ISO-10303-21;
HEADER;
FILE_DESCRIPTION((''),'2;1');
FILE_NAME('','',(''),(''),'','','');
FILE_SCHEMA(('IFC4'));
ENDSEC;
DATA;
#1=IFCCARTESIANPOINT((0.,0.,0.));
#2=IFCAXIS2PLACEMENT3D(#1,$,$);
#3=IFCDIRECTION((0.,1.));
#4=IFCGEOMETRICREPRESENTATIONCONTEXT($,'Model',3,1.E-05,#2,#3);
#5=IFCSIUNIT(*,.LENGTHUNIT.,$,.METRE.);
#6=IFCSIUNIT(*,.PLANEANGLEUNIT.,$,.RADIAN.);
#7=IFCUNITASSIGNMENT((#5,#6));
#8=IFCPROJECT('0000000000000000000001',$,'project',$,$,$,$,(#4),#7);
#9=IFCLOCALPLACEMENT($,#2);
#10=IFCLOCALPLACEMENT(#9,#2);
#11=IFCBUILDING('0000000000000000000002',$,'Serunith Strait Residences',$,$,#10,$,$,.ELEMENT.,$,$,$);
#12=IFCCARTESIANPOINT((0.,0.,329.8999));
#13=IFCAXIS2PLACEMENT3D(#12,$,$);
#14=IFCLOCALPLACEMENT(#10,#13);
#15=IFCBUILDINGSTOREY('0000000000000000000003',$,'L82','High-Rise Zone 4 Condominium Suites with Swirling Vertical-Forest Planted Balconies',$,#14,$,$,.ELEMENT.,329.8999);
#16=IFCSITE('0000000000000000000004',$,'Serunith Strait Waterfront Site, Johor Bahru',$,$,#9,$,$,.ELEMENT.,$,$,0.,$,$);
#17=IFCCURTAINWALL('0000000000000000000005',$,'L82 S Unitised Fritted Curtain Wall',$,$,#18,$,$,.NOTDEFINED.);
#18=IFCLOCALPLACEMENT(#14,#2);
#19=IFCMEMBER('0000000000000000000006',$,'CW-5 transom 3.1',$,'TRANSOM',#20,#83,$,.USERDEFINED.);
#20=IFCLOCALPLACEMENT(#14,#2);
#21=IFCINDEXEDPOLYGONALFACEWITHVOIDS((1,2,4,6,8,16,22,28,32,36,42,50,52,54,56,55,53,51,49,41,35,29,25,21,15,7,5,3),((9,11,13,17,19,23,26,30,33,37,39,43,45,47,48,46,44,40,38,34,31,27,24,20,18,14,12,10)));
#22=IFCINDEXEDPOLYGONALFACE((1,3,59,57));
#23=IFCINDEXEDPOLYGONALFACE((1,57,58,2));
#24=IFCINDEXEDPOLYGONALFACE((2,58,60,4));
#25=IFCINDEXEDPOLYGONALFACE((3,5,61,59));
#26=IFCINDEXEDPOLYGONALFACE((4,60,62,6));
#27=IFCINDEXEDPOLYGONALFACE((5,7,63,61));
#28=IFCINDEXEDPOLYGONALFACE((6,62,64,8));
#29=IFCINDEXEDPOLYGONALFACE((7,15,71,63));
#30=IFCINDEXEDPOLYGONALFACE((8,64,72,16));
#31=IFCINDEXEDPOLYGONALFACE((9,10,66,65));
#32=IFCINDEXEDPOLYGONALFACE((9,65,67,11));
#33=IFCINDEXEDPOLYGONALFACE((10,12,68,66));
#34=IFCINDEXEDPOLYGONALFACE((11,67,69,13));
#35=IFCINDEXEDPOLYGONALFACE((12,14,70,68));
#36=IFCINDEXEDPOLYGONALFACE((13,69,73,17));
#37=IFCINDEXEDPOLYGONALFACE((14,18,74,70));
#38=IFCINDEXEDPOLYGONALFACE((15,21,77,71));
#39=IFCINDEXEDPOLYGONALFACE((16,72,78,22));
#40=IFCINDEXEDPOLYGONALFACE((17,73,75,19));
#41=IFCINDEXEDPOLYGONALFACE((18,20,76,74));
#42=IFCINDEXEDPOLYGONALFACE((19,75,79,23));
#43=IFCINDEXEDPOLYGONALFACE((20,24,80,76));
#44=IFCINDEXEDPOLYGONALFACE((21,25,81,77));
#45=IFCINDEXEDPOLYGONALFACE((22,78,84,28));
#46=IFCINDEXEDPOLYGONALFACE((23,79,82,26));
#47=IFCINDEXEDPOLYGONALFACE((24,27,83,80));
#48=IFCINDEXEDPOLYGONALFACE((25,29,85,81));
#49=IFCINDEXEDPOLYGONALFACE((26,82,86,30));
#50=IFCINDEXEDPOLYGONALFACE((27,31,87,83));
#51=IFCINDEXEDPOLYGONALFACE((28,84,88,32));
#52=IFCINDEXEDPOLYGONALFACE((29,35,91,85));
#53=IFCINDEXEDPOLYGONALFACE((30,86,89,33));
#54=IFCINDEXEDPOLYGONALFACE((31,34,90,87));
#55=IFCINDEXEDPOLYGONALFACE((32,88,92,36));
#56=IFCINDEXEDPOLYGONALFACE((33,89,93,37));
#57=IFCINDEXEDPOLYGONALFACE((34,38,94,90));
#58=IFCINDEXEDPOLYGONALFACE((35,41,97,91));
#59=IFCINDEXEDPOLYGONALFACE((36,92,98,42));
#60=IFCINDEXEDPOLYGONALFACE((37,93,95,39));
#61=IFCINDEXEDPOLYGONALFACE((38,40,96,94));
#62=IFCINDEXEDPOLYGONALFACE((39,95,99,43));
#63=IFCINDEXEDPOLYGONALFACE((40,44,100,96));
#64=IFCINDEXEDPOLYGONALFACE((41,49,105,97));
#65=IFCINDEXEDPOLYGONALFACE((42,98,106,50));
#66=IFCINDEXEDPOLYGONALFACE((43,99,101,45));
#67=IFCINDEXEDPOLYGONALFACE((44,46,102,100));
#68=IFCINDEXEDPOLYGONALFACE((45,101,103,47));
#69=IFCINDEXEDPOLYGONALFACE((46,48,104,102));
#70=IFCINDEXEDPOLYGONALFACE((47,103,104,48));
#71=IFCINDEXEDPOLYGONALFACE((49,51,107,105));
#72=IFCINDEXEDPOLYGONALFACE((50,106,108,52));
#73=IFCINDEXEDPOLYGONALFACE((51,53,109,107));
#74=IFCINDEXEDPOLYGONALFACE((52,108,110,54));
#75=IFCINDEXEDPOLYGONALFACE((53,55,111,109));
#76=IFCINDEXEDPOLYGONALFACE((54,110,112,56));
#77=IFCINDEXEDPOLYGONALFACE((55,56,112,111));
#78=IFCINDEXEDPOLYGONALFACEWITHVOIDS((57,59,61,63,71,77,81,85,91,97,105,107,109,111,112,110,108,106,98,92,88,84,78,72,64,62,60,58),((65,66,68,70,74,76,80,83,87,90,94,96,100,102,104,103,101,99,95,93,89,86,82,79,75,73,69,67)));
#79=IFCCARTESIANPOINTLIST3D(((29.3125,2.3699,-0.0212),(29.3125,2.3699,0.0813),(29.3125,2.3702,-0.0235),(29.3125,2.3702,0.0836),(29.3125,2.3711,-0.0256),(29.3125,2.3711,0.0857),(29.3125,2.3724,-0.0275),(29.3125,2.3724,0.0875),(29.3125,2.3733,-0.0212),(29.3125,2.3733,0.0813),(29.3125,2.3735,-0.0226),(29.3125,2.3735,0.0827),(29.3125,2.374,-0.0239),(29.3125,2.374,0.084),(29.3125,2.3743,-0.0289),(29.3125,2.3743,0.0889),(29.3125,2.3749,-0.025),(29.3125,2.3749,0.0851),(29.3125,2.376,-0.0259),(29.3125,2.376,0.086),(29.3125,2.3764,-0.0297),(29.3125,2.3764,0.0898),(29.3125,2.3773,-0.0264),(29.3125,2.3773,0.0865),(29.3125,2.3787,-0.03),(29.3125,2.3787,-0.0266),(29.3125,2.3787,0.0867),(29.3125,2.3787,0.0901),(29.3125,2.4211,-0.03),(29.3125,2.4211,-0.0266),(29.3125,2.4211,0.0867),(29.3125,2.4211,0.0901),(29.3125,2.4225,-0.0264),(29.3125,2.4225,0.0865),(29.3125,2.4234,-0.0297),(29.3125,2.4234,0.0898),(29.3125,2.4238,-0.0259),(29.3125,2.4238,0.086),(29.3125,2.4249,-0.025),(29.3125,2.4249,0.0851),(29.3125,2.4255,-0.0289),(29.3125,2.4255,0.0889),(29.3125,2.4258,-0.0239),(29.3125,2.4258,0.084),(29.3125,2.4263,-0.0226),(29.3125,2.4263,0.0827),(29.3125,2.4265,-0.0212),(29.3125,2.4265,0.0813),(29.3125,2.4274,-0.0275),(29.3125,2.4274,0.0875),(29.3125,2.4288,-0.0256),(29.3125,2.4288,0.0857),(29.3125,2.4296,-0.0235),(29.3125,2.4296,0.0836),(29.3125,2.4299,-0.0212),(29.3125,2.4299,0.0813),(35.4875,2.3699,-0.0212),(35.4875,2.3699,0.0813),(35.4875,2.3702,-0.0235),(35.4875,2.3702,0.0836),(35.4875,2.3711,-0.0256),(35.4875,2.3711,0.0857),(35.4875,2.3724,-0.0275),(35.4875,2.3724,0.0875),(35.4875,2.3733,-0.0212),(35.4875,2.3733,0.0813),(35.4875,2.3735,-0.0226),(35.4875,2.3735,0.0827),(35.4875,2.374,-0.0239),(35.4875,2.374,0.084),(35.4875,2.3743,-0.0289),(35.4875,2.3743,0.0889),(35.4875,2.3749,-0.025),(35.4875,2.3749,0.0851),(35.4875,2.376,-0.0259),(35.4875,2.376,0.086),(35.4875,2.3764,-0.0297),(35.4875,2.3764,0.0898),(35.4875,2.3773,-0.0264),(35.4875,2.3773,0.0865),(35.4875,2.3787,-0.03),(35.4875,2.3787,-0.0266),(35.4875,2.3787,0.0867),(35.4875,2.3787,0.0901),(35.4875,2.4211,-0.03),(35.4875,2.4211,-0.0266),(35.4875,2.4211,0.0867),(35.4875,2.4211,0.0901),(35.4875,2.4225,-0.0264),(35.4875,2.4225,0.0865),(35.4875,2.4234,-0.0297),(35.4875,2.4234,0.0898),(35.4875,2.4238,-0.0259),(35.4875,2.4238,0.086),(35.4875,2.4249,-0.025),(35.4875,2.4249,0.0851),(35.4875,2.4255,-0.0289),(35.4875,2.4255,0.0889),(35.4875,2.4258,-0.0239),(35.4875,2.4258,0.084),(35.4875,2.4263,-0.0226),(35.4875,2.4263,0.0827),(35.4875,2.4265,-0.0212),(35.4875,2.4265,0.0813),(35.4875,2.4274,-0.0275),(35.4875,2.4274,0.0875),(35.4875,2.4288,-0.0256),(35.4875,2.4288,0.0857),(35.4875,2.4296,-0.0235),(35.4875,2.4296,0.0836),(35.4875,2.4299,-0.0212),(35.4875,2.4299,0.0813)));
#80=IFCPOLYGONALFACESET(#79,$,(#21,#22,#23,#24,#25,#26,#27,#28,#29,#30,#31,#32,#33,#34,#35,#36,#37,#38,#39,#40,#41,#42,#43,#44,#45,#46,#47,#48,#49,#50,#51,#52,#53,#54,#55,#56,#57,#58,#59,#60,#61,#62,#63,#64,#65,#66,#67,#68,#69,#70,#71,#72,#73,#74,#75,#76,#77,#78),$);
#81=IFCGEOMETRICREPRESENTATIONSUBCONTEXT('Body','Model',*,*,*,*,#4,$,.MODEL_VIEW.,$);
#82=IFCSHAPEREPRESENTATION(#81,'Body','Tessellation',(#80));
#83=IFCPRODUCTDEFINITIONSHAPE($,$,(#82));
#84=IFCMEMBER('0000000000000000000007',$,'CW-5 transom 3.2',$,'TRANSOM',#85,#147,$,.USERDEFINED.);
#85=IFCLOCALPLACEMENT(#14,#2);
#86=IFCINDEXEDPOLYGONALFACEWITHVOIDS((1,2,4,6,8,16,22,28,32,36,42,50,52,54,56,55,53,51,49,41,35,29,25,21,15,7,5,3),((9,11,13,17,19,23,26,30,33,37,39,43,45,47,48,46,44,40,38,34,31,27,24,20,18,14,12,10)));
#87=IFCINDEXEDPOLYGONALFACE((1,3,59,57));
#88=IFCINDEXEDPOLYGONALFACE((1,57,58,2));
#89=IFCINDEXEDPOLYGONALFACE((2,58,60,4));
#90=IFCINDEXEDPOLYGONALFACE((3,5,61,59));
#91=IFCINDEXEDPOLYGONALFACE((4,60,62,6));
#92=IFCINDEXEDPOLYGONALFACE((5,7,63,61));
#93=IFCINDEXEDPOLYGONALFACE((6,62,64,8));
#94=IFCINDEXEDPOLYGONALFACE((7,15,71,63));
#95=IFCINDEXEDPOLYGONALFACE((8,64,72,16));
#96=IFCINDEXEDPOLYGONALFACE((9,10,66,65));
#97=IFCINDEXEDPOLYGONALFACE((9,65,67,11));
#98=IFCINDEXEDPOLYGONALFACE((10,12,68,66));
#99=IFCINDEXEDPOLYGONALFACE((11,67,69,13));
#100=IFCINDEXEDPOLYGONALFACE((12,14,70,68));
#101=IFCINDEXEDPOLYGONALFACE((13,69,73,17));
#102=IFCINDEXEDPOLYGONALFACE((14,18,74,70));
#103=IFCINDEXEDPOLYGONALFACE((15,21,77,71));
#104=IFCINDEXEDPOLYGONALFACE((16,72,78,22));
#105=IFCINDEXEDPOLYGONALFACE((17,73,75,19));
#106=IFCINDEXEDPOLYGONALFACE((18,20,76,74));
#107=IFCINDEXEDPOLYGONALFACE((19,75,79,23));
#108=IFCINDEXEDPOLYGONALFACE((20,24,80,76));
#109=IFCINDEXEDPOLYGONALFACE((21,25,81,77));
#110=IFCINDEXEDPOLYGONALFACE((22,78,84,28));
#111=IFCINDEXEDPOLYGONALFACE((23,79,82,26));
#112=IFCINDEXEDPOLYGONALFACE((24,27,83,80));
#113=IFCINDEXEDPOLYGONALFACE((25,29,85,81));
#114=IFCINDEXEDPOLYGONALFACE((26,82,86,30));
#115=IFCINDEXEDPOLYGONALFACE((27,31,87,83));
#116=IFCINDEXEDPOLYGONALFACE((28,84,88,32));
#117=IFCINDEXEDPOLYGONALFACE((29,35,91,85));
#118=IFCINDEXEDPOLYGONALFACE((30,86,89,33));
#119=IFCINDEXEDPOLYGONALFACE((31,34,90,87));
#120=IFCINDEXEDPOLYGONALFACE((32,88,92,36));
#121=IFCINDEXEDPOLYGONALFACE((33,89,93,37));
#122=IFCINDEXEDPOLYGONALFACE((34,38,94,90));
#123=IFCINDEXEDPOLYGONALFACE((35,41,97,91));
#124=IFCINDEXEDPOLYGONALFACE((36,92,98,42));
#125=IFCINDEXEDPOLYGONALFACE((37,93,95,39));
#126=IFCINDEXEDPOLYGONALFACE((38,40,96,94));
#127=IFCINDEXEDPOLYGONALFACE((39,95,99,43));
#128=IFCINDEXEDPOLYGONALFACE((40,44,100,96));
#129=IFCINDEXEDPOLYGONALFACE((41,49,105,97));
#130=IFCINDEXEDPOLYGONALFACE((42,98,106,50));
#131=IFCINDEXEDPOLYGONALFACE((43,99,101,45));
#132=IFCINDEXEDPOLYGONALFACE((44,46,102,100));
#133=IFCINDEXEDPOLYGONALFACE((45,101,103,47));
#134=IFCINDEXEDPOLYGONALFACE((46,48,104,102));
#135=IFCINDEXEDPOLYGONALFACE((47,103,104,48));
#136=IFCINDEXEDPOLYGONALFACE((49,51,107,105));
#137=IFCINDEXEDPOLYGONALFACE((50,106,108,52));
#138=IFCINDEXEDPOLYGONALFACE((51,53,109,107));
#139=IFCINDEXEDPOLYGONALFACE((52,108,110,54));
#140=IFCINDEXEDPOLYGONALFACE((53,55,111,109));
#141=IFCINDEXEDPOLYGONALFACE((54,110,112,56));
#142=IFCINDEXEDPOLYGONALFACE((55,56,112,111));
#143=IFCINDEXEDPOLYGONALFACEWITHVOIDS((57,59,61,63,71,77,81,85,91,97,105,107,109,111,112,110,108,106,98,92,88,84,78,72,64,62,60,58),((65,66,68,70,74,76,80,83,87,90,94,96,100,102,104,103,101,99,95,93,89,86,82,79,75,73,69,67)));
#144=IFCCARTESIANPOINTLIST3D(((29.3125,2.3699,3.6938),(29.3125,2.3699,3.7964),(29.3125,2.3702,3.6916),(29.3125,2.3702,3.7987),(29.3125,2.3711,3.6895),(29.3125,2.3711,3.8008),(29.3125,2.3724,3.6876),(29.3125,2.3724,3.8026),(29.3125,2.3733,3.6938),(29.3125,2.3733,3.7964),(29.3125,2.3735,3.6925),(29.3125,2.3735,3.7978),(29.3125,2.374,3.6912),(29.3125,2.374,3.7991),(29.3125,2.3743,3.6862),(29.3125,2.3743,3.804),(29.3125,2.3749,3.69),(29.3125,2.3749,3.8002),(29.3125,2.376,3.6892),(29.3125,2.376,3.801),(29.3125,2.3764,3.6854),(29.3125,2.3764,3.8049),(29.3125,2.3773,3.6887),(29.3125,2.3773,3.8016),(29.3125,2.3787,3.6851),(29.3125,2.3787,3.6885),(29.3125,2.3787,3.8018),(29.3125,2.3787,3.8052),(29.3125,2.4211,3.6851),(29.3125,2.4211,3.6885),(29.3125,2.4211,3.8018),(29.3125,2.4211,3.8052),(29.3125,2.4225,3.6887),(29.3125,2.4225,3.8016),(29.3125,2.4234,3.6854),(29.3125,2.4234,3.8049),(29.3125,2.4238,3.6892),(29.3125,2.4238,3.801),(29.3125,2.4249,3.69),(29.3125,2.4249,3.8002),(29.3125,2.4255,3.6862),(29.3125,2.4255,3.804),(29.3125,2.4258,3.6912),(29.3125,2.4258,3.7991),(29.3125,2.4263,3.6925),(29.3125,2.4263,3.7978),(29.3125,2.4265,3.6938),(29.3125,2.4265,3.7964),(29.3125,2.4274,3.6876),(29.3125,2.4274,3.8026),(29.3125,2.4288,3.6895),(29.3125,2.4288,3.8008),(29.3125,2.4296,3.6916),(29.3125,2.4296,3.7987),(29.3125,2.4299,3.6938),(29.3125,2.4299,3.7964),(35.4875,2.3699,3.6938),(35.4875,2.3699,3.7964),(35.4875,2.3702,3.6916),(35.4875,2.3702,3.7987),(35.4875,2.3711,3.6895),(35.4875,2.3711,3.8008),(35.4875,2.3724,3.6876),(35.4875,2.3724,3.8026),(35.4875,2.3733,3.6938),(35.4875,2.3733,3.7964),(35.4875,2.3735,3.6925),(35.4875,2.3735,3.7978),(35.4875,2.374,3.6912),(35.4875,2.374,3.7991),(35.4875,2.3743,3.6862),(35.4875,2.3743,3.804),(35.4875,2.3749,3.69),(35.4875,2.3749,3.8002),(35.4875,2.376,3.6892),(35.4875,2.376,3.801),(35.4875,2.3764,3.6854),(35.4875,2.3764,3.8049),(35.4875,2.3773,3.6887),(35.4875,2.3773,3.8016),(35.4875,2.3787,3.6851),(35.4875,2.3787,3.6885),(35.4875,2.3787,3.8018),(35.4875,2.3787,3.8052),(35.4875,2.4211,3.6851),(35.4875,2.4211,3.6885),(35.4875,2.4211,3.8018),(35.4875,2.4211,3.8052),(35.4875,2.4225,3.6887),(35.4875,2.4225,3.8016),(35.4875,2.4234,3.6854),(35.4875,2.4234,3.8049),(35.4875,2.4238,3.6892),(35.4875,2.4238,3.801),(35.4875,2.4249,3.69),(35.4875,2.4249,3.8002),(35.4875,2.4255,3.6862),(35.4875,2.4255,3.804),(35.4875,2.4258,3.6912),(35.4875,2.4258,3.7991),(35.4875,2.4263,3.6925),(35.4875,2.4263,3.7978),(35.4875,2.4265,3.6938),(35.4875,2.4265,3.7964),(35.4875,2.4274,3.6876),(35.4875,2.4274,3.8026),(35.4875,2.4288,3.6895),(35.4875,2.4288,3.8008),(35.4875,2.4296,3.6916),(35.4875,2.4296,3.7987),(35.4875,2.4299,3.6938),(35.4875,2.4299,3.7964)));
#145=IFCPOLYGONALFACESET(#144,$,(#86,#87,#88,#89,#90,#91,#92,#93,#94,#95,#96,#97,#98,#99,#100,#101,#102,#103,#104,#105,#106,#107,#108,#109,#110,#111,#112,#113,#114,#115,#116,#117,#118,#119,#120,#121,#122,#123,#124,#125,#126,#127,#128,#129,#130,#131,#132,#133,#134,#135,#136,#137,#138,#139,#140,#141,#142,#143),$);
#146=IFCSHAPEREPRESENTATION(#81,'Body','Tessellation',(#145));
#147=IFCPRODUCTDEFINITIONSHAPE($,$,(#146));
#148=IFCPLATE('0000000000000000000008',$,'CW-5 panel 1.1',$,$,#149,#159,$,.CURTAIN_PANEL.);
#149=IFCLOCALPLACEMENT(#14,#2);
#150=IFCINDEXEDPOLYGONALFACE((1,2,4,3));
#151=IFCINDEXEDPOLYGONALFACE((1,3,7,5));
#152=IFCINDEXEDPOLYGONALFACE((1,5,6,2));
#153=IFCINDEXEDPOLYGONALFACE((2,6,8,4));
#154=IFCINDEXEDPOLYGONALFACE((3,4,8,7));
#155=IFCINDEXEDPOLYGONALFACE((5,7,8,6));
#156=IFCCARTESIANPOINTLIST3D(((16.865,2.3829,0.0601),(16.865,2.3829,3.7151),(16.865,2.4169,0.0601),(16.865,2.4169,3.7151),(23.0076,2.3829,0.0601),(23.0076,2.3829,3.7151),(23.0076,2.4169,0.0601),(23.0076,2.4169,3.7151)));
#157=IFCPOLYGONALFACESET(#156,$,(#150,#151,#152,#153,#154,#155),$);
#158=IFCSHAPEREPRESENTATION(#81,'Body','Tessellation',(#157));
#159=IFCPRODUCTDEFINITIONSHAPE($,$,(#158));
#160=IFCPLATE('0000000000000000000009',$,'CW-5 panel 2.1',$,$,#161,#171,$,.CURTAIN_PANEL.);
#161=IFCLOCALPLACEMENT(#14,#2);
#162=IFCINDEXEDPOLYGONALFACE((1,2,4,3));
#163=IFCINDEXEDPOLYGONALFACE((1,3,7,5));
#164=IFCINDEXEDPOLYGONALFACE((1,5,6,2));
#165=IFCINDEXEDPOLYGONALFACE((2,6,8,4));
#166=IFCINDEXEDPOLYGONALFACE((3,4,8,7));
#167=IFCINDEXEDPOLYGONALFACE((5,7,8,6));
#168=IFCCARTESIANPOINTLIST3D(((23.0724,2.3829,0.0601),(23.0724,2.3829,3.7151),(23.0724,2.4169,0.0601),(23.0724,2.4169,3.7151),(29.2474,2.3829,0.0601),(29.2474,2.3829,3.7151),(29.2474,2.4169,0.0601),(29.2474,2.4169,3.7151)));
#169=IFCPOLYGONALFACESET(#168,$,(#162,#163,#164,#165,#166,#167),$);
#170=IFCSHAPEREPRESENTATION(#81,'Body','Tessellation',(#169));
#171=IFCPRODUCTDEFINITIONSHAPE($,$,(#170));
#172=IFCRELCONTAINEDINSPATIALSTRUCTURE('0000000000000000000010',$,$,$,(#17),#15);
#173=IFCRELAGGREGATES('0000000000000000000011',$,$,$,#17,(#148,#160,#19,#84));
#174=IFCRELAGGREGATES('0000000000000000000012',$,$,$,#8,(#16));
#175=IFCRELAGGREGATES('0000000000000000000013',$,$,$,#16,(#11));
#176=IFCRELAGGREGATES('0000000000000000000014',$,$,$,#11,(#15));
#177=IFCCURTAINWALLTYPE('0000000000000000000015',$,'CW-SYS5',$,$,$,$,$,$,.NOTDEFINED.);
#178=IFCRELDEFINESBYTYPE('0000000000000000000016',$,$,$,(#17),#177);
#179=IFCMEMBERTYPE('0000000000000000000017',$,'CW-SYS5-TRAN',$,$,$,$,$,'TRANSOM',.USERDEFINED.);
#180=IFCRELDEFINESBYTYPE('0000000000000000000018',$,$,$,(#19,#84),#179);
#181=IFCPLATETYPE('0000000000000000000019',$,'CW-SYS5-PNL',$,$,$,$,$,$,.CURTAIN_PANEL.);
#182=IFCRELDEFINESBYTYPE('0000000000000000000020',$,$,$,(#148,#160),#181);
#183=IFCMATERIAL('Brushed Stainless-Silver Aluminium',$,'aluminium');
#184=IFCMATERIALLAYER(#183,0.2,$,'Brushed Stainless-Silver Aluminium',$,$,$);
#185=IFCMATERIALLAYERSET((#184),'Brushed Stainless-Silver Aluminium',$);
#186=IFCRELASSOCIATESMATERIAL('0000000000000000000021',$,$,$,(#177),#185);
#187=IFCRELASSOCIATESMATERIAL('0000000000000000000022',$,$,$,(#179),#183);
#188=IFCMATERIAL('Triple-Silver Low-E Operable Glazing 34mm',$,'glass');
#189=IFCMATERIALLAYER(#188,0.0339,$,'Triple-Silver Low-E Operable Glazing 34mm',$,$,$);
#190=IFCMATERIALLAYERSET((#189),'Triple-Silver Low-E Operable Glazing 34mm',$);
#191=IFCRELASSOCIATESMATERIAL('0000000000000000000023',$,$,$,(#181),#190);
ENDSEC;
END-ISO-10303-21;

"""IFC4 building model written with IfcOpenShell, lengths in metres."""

from ifc_helpers import new_model, si_unit, direction, frame, origin, origin_2d, place, context, subcontext, project, spatial, rectangle, hollow_rectangle, extrude, source, transform, mapped, material, layer, layer_set, material_profile, profile_set, type_object, element, aggregate, save


model = new_model("IFC4")

# Units and contexts
model_context = context("Model", 3, precision=1e-05, world=origin(), true_north=direction((0.0, 1.0)))
body_context = subcontext(model_context, "Body", "Model", "MODEL_VIEW")
ifc_project = project(units=[si_unit("LENGTHUNIT", "METRE"), si_unit("PLANEANGLEUNIT", "RADIAN")], contexts=[model_context])

# Site, building, storey
site_placement = place(None, origin())
site = spatial("IfcSite", under=ifc_project, at=site_placement, Name="Serunith Strait Waterfront Site, Johor Bahru", CompositionType="ELEMENT", RefElevation=0.0)
building_placement = place(site_placement, origin())
building = spatial("IfcBuilding", under=site, at=building_placement, Name="Serunith Strait Residences", CompositionType="ELEMENT")
storey_placement = place(building_placement, frame((0.0, 0.0, 329.8999)))
storey = spatial("IfcBuildingStorey", under=building, at=storey_placement, Name="L82", Description="High-Rise Zone 4 Condominium Suites with Swirling Vertical-Forest Planted Balconies", CompositionType="ELEMENT", Elevation=329.8999)

# Curtain wall, members, plates
ifc_material_1 = material(Name="Brushed Stainless-Silver Aluminium", Category="aluminium")
ifc_layer_1 = layer(ifc_material_1, 0.2, Name="Brushed Stainless-Silver Aluminium")
ifc_layer_set_1 = layer_set([ifc_layer_1], Name="Brushed Stainless-Silver Aluminium")
curtain_wall_type = type_object("IfcCurtainWallType", Name="CW-SYS5", PredefinedType="NOTDEFINED", material=ifc_layer_set_1)
curtain_wall_placement = place(storey_placement, origin())
curtain_wall = element("IfcCurtainWall", 1, at=curtain_wall_placement, inside=storey, type_object=curtain_wall_type, Name="L82 S Unitised Fritted Curtain Wall", PredefinedType="NOTDEFINED")
ifc_material_profile_1 = material_profile(ifc_material_1, hollow_rectangle(XDim=0.0601, YDim=0.1201, WallThickness=0.0034, InnerFilletRadius=0.0054, OuterFilletRadius=0.0088, at=origin_2d()), Name="ALU 120x60x3.5")
ifc_profile_set_1 = profile_set([ifc_material_profile_1], Name="Brushed Stainless-Silver Aluminium")
member_type_1 = type_object("IfcMemberType", Name="CW-SYS5-TRAN", ElementType="TRANSOM", PredefinedType="USERDEFINED", material=ifc_profile_set_1)
shared_shape_1 = source(origin(), body_context, "Body", "SweptSolid", [
    extrude(hollow_rectangle(XDim=0.0601, YDim=0.1201, WallThickness=0.0034, InnerFilletRadius=0.0054, OuterFilletRadius=0.0088, at=origin_2d()), origin(), (0.0, 0.0, 1.0), 6.175),
])
member_1_placement = place(storey_placement, frame((29.3125, 2.3999, 0.03), z_axis=(1.0, 0.0, 0.0), x_axis=(0.0, 1.0, 0.0)))
member_1 = element("IfcMember", 2, at=member_1_placement, type_object=member_type_1, Name="CW-5 transom 3.1", ObjectType="TRANSOM", PredefinedType="USERDEFINED", context=body_context, shape_type="MappedRepresentation", body=[
    mapped(shared_shape_1, transform((0.0, 0.0, 0.0), scale=1.0)),
])
member_2_placement = place(storey_placement, frame((29.3125, 2.3999, 3.7451), z_axis=(1.0, 0.0, 0.0), x_axis=(0.0, 1.0, 0.0)))
member_2 = element("IfcMember", 3, at=member_2_placement, type_object=member_type_1, Name="CW-5 transom 3.2", ObjectType="TRANSOM", PredefinedType="USERDEFINED", context=body_context, shape_type="MappedRepresentation", body=[
    mapped(shared_shape_1, transform((0.0, 0.0, 0.0), scale=1.0)),
])
ifc_material_2 = material(Name="Triple-Silver Low-E Operable Glazing 34mm", Category="glass")
ifc_layer_2 = layer(ifc_material_2, 0.0339, Name="Triple-Silver Low-E Operable Glazing 34mm")
ifc_layer_set_2 = layer_set([ifc_layer_2], Name="Triple-Silver Low-E Operable Glazing 34mm")
plate_type = type_object("IfcPlateType", Name="CW-SYS5-PNL", PredefinedType="CURTAIN_PANEL", material=ifc_layer_set_2)
shared_shape_2 = source(origin(), body_context, "Body", "SweptSolid", [
    extrude(rectangle(XDim=6.1426, YDim=0.0339, at=origin_2d()), origin(), (0.0, 0.0, 1.0), 3.655),
])
plate_1_placement = place(storey_placement, frame((19.9363, 2.3999, 0.0601), z_axis=(0.0, 0.0, 1.0), x_axis=(1.0, 0.0, 0.0)))
plate_1 = element("IfcPlate", 4, at=plate_1_placement, type_object=plate_type, Name="CW-5 panel 1.1", PredefinedType="CURTAIN_PANEL", context=body_context, shape_type="MappedRepresentation", body=[
    mapped(shared_shape_2, transform((0.0, 0.0, 0.0), scale=1.0)),
])
shared_shape_3 = source(origin(), body_context, "Body", "SweptSolid", [
    extrude(rectangle(XDim=6.175, YDim=0.0339, at=origin_2d()), origin(), (0.0, 0.0, 1.0), 3.655),
])
plate_2_placement = place(storey_placement, frame((26.1599, 2.3999, 0.0601), z_axis=(0.0, 0.0, 1.0), x_axis=(1.0, 0.0, 0.0)))
plate_2 = element("IfcPlate", 5, at=plate_2_placement, type_object=plate_type, Name="CW-5 panel 2.1", PredefinedType="CURTAIN_PANEL", context=body_context, shape_type="MappedRepresentation", body=[
    mapped(shared_shape_3, transform((0.0, 0.0, 0.0), scale=1.0)),
])
aggregate(curtain_wall, [plate_1, plate_2, member_1, member_2])

save(model, "model.ifc")
